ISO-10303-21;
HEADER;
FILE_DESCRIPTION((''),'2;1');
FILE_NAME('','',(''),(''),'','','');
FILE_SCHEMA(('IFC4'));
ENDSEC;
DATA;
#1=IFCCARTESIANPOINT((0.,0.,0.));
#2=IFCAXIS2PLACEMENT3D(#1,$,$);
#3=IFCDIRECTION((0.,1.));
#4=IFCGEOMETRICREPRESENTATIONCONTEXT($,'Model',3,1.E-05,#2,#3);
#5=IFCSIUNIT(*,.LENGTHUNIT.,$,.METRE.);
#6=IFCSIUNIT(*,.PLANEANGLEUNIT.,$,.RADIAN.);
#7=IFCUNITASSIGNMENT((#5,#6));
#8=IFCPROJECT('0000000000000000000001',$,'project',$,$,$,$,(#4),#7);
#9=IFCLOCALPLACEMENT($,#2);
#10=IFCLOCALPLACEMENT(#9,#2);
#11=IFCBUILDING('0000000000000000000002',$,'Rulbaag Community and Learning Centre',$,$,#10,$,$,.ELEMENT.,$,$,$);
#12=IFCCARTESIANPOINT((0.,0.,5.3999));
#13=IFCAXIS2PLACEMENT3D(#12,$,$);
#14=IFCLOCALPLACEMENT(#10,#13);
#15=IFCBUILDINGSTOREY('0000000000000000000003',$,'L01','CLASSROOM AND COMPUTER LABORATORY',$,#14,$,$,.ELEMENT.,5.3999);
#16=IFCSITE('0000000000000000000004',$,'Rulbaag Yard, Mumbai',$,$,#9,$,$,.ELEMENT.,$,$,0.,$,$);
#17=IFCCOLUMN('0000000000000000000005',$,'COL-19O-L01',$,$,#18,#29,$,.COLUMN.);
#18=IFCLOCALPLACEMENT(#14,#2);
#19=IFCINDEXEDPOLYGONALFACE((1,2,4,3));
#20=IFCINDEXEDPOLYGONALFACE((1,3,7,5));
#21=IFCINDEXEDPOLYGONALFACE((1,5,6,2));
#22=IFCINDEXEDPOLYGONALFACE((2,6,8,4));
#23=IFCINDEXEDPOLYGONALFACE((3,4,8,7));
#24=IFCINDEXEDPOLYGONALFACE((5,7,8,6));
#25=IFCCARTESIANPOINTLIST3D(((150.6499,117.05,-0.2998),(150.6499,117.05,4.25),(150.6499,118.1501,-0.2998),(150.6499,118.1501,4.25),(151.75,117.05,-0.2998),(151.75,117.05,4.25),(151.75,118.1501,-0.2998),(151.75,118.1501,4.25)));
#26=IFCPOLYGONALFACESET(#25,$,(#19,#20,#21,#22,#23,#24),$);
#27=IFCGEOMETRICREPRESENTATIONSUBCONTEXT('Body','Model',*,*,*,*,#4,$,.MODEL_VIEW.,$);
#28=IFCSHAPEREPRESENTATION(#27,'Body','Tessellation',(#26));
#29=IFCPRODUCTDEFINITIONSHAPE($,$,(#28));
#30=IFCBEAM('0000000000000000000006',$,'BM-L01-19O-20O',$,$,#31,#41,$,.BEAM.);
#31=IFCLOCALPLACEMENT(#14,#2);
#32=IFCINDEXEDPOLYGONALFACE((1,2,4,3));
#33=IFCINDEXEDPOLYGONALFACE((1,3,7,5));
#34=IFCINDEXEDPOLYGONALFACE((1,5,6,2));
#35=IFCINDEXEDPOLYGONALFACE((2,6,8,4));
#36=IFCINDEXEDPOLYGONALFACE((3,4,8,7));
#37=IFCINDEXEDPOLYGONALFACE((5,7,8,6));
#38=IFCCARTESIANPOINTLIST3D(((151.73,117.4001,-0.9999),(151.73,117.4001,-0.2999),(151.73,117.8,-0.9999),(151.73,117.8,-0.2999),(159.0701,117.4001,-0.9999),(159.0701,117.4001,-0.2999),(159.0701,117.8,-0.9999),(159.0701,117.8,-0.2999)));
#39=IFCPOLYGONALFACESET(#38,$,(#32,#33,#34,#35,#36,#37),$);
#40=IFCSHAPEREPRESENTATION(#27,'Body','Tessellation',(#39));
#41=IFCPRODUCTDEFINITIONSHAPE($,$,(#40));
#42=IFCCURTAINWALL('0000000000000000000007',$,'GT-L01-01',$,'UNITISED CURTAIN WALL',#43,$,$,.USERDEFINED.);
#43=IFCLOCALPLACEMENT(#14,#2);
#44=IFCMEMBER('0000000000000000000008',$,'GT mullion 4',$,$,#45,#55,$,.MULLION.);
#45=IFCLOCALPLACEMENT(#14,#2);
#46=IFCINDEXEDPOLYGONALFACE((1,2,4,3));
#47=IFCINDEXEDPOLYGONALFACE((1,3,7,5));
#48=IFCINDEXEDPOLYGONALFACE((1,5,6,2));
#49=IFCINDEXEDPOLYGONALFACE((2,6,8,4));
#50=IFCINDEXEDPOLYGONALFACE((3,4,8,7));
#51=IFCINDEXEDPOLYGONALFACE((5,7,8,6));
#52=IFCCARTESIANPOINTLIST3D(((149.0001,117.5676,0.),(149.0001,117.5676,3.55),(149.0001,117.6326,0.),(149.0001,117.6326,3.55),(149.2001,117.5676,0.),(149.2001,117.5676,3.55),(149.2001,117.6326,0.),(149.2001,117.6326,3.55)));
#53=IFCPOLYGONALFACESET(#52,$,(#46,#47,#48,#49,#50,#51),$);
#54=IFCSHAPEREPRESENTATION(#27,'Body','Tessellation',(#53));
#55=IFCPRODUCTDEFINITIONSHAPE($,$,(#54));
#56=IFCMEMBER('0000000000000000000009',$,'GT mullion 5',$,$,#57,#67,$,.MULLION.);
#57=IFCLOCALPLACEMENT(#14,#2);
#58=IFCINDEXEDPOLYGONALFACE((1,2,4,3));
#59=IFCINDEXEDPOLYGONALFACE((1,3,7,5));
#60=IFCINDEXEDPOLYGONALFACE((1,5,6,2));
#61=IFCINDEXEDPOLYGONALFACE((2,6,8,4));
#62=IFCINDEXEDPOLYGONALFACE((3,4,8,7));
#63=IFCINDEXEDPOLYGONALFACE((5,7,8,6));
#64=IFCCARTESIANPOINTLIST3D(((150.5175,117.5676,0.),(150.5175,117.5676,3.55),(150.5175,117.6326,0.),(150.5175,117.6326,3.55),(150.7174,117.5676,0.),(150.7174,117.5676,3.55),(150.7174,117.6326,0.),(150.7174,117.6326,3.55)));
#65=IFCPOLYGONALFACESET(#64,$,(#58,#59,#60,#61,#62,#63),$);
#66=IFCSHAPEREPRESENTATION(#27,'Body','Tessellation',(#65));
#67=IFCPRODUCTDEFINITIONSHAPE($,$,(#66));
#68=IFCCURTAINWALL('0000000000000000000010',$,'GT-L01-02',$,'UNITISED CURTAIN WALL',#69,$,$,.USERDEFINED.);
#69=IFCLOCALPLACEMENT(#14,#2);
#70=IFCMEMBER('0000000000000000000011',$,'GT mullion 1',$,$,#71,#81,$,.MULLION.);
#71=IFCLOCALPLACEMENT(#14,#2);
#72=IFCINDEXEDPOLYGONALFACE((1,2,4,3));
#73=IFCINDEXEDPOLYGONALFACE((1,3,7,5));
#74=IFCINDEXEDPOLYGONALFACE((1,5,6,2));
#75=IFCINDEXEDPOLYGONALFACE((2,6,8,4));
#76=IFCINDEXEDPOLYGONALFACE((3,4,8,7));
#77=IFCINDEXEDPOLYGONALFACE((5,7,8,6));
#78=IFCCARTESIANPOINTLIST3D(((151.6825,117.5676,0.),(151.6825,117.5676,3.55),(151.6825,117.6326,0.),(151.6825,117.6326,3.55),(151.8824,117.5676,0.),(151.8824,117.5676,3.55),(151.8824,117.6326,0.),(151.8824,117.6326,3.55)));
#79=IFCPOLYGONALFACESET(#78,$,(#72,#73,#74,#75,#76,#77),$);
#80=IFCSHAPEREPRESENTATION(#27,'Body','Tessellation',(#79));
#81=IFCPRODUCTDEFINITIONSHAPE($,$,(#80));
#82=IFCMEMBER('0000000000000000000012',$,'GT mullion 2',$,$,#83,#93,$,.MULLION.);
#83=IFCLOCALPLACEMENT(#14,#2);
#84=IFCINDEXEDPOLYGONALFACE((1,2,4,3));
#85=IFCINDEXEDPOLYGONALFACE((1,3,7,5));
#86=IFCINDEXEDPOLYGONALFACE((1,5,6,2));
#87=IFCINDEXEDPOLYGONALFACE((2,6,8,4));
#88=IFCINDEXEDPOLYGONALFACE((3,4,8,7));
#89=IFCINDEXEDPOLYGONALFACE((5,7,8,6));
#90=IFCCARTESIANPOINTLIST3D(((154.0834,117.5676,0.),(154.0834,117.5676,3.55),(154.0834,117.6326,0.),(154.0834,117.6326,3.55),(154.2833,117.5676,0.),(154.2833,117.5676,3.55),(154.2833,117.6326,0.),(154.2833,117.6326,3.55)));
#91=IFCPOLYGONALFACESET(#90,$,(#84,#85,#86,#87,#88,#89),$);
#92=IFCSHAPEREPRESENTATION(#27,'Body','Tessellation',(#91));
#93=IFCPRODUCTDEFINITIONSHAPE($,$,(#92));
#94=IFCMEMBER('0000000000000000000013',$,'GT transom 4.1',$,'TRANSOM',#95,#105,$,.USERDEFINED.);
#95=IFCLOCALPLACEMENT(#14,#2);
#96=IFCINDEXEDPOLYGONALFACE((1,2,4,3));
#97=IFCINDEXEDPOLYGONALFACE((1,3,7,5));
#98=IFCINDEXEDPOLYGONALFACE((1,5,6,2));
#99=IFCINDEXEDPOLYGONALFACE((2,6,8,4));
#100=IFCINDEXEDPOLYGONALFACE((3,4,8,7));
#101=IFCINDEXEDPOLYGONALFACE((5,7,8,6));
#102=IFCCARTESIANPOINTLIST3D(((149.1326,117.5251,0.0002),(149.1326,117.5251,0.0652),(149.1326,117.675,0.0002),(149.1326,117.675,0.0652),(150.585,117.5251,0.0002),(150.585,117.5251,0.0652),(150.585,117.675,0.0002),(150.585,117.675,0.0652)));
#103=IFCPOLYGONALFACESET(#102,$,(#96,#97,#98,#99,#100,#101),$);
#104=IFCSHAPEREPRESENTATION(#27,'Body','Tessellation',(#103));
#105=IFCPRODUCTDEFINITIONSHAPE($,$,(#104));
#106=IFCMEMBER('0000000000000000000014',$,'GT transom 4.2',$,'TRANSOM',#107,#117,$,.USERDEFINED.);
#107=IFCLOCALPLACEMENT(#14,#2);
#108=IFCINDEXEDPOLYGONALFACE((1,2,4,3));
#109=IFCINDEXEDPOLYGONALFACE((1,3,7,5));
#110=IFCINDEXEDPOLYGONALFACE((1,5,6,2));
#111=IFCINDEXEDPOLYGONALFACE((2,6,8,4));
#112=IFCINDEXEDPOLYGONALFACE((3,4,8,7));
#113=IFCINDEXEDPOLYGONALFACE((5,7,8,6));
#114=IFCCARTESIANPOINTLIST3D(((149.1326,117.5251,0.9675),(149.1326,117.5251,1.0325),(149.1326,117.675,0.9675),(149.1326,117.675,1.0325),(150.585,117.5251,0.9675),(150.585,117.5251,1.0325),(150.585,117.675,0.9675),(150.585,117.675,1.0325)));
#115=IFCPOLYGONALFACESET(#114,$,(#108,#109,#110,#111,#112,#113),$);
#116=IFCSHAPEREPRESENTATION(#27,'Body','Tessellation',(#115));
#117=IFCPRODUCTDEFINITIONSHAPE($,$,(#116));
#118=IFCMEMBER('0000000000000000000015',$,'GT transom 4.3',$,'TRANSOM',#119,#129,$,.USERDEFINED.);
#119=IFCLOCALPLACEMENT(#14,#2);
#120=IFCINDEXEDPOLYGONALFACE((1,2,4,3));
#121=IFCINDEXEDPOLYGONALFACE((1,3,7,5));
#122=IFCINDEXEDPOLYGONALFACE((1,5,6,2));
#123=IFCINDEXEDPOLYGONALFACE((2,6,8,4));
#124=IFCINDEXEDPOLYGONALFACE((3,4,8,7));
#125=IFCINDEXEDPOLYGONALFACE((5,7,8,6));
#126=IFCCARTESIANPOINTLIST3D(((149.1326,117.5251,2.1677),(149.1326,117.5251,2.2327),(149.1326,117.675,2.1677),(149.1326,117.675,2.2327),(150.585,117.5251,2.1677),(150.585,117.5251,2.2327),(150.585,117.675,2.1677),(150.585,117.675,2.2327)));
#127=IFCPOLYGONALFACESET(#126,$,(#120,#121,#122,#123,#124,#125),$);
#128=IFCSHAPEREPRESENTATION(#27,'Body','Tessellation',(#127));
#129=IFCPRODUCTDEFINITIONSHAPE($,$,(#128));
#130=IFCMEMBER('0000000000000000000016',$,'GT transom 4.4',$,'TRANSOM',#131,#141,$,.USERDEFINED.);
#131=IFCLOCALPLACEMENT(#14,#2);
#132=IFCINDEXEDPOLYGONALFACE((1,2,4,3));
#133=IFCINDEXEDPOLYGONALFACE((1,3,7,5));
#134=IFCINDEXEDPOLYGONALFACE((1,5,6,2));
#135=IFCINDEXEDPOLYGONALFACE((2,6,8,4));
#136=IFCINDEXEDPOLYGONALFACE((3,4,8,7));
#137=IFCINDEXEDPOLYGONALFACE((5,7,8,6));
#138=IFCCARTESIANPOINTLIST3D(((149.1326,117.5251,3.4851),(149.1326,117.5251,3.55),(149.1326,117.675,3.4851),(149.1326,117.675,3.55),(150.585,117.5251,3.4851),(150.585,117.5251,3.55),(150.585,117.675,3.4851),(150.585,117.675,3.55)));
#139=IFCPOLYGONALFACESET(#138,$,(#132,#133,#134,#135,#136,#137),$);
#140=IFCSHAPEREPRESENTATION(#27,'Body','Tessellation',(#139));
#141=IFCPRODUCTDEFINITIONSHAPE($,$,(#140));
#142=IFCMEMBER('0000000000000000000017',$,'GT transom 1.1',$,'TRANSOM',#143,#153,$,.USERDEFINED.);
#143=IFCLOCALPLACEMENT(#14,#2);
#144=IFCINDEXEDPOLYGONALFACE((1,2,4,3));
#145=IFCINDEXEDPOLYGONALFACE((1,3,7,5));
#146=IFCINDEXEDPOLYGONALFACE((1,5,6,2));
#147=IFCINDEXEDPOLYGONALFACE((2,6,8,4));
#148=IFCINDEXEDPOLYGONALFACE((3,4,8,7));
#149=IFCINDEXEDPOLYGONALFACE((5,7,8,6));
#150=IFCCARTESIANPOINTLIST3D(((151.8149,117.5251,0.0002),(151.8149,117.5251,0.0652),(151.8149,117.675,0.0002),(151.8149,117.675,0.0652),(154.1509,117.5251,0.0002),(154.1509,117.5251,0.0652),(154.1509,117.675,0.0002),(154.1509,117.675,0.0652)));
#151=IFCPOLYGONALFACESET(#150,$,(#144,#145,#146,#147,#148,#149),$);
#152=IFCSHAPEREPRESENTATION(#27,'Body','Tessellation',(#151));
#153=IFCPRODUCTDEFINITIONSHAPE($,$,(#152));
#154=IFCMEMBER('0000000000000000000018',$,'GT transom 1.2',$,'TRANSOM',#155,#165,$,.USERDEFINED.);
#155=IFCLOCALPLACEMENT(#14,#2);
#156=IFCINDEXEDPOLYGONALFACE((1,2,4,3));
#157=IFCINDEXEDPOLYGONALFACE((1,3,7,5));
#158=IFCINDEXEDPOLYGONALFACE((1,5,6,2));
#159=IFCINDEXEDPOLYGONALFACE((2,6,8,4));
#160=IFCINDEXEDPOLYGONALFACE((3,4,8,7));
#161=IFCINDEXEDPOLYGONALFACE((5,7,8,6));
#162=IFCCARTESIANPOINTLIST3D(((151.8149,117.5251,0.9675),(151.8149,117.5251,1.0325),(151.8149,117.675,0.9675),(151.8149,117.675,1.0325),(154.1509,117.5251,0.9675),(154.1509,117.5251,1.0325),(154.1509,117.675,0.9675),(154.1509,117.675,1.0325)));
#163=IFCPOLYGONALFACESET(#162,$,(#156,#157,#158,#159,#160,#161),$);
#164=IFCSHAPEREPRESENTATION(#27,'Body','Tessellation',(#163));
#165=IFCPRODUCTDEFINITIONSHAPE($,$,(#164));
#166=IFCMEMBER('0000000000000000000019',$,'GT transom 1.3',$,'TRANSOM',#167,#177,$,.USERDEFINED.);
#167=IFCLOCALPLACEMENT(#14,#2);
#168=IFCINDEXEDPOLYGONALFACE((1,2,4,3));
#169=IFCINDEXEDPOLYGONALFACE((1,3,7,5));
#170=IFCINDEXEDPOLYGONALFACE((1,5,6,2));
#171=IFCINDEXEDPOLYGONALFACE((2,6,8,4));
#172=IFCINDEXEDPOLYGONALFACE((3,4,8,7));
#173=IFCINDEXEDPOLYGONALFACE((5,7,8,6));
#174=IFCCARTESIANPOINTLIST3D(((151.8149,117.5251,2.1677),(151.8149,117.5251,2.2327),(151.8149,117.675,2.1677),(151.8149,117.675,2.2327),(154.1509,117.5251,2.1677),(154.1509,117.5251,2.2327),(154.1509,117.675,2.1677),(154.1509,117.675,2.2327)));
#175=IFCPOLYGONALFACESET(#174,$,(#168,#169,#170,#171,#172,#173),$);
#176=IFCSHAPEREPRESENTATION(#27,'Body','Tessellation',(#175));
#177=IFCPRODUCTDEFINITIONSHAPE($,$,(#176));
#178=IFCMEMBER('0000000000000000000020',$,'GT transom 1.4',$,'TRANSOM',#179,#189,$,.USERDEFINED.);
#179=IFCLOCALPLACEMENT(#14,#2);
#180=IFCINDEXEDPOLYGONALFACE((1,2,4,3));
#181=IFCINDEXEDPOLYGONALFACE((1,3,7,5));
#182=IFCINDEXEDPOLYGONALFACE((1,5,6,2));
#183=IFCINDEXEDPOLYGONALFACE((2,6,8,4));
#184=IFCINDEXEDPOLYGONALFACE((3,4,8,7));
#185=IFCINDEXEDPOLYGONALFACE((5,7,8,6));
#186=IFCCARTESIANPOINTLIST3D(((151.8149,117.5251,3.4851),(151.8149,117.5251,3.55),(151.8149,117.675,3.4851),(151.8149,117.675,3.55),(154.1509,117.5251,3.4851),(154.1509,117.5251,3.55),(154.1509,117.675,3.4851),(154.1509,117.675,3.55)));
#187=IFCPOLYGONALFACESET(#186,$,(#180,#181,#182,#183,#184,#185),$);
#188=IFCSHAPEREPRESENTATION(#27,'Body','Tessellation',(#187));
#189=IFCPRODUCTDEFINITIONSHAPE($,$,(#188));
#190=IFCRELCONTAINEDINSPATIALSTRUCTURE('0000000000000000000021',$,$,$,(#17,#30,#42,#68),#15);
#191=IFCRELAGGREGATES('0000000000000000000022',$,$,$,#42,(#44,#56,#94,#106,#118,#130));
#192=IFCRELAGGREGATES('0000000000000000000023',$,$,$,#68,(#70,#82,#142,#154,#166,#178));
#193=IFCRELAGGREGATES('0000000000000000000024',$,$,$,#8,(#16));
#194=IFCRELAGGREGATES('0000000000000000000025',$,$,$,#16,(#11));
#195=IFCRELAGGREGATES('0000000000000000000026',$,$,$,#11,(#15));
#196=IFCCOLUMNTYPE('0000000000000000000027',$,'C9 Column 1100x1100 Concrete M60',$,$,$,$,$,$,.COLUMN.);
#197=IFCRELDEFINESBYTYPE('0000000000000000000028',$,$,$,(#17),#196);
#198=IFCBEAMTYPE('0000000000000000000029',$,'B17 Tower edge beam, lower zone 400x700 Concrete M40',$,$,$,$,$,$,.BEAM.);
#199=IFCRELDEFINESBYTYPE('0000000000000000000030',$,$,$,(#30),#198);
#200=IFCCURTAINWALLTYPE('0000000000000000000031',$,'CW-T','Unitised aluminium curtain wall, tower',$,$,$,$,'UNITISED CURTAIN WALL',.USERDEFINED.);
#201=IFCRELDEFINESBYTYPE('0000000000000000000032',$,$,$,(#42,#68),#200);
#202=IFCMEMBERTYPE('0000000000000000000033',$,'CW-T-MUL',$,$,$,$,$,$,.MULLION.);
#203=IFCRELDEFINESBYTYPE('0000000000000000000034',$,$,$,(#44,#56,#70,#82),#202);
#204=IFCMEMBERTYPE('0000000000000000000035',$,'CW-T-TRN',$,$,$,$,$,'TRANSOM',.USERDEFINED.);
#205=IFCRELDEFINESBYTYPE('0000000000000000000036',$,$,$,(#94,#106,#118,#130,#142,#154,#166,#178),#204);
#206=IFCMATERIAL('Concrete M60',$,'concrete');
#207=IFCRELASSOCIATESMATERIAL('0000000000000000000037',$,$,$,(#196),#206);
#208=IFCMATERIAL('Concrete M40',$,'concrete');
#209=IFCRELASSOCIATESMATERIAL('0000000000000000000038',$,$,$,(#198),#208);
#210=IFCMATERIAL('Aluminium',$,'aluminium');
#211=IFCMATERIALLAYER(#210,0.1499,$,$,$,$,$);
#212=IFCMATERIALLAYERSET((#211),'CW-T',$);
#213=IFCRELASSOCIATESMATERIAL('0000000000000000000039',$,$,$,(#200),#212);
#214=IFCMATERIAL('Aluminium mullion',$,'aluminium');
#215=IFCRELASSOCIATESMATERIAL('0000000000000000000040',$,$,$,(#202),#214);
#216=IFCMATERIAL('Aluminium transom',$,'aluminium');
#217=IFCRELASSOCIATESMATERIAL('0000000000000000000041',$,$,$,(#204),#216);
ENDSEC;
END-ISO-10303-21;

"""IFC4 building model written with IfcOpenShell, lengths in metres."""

from ifc_helpers import new_model, si_unit, direction, frame, origin, origin_2d, place, context, subcontext, project, spatial, rectangle, extrude, material, layer, layer_set, material_profile, profile_set, type_object, element, aggregate, save


model = new_model("IFC4")

# Units and contexts
model_context = context("Model", 3, precision=1e-05, world=origin(), true_north=direction((0.0, 1.0)))
body_context = subcontext(model_context, "Body", "Model", "MODEL_VIEW")
ifc_project = project(units=[si_unit("LENGTHUNIT", "METRE"), si_unit("PLANEANGLEUNIT", "RADIAN")], contexts=[model_context])

# Site, building, storey
site_placement = place(None, origin())
site = spatial("IfcSite", under=ifc_project, at=site_placement, Name="Rulbaag Yard, Mumbai", CompositionType="ELEMENT", RefElevation=0.0)
building_placement = place(site_placement, origin())
building = spatial("IfcBuilding", under=site, at=building_placement, Name="Rulbaag Community and Learning Centre", CompositionType="ELEMENT")
storey_placement = place(building_placement, frame((0.0, 0.0, 5.3999)))
storey = spatial("IfcBuildingStorey", under=building, at=storey_placement, Name="L01", Description="CLASSROOM AND COMPUTER LABORATORY", CompositionType="ELEMENT", Elevation=5.3999)

# Column
ifc_material_1 = material(Name="Concrete M60", Category="concrete")
ifc_material_profile_1 = material_profile(ifc_material_1, rectangle(XDim=1.1001, YDim=1.1001, at=origin_2d()), Name="RC1100x1100")
ifc_profile_set_1 = profile_set([ifc_material_profile_1], Name="Concrete M60")
column_type = type_object("IfcColumnType", Name="C9 Column 1100x1100 Concrete M60", PredefinedType="COLUMN", material=ifc_profile_set_1)
column_placement = place(storey_placement, frame((151.2, 117.6001, -0.2998), z_axis=(0.0, 0.0, 1.0), x_axis=(1.0, 0.0, 0.0)))
element("IfcColumn", 1, at=column_placement, inside=storey, type_object=column_type, Name="COL-19O-L01", PredefinedType="COLUMN", context=body_context, shape_type="SweptSolid", body=[
    extrude(rectangle(XDim=1.1001, YDim=1.1001, at=origin_2d()), origin(), (0.0, 0.0, 1.0), 4.5498),
])

# Beam
ifc_material_2 = material(Name="Concrete M40", Category="concrete")
ifc_material_profile_2 = material_profile(ifc_material_2, rectangle(XDim=0.3999, YDim=0.7, at=origin_2d()), Name="RB400x700")
ifc_profile_set_2 = profile_set([ifc_material_profile_2], Name="Concrete M40")
beam_type = type_object("IfcBeamType", Name="B17 Tower edge beam, lower zone 400x700 Concrete M40", PredefinedType="BEAM", material=ifc_profile_set_2)
beam_placement = place(storey_placement, frame((151.73, 117.6001, -0.6499), z_axis=(1.0, 0.0, 0.0), x_axis=(0.0, 1.0, 0.0)))
element("IfcBeam", 2, at=beam_placement, inside=storey, type_object=beam_type, Name="BM-L01-19O-20O", PredefinedType="BEAM", context=body_context, shape_type="SweptSolid", body=[
    extrude(rectangle(XDim=0.3999, YDim=0.7, at=origin_2d()), origin(), (0.0, 0.0, 1.0), 7.3401),
])

# Curtain walls, members
ifc_material_3 = material(Name="Aluminium", Category="aluminium")
ifc_layer_1 = layer(ifc_material_3, 0.1499)
ifc_layer_set_1 = layer_set([ifc_layer_1], Name="CW-T")
curtain_wall_type = type_object("IfcCurtainWallType", Name="CW-T", Description="Unitised aluminium curtain wall, tower", ElementType="UNITISED CURTAIN WALL", PredefinedType="USERDEFINED", material=ifc_layer_set_1)
curtain_wall_1_placement = place(storey_placement, origin())
curtain_wall_1 = element("IfcCurtainWall", 3, at=curtain_wall_1_placement, inside=storey, type_object=curtain_wall_type, Name="GT-L01-01", ObjectType="UNITISED CURTAIN WALL", PredefinedType="USERDEFINED")
ifc_material_4 = material(Name="Aluminium mullion", Category="aluminium")
ifc_material_profile_3 = material_profile(ifc_material_4, rectangle(XDim=0.0649, YDim=0.2, at=origin_2d()), Name="AL 65x200")
ifc_profile_set_3 = profile_set([ifc_material_profile_3], Name="Aluminium mullion")
member_type_1 = type_object("IfcMemberType", Name="CW-T-MUL", PredefinedType="MULLION", material=ifc_profile_set_3)
member_1_placement = place(storey_placement, frame((149.1001, 117.6001, 0.0), z_axis=(0.0, 0.0, 1.0), x_axis=(0.0, 1.0, 0.0)))
member_1 = element("IfcMember", 4, at=member_1_placement, type_object=member_type_1, Name="GT mullion 4", PredefinedType="MULLION", context=body_context, shape_type="SweptSolid", body=[
    extrude(rectangle(XDim=0.0649, YDim=0.2, at=origin_2d()), origin(), (0.0, 0.0, 1.0), 3.55),
])
member_2_placement = place(storey_placement, frame((150.6174, 117.6001, 0.0), z_axis=(0.0, 0.0, 1.0), x_axis=(0.0, 1.0, 0.0)))
member_2 = element("IfcMember", 5, at=member_2_placement, type_object=member_type_1, Name="GT mullion 5", PredefinedType="MULLION", context=body_context, shape_type="SweptSolid", body=[
    extrude(rectangle(XDim=0.0649, YDim=0.2, at=origin_2d()), origin(), (0.0, 0.0, 1.0), 3.55),
])
curtain_wall_2_placement = place(storey_placement, origin())
curtain_wall_2 = element("IfcCurtainWall", 6, at=curtain_wall_2_placement, inside=storey, type_object=curtain_wall_type, Name="GT-L01-02", ObjectType="UNITISED CURTAIN WALL", PredefinedType="USERDEFINED")
member_3_placement = place(storey_placement, frame((151.7825, 117.6001, 0.0), z_axis=(0.0, 0.0, 1.0), x_axis=(0.0, 1.0, 0.0)))
member_3 = element("IfcMember", 7, at=member_3_placement, type_object=member_type_1, Name="GT mullion 1", PredefinedType="MULLION", context=body_context, shape_type="SweptSolid", body=[
    extrude(rectangle(XDim=0.0649, YDim=0.2, at=origin_2d()), origin(), (0.0, 0.0, 1.0), 3.55),
])
member_4_placement = place(storey_placement, frame((154.1833, 117.6001, 0.0), z_axis=(0.0, 0.0, 1.0), x_axis=(0.0, 1.0, 0.0)))
member_4 = element("IfcMember", 8, at=member_4_placement, type_object=member_type_1, Name="GT mullion 2", PredefinedType="MULLION", context=body_context, shape_type="SweptSolid", body=[
    extrude(rectangle(XDim=0.0649, YDim=0.2, at=origin_2d()), origin(), (0.0, 0.0, 1.0), 3.55),
])

# Members
ifc_material_5 = material(Name="Aluminium transom", Category="aluminium")
ifc_material_profile_4 = material_profile(ifc_material_5, rectangle(XDim=0.1499, YDim=0.0649, at=origin_2d()), Name="AL 65x150 T")
ifc_profile_set_4 = profile_set([ifc_material_profile_4], Name="Aluminium transom")
member_type_2 = type_object("IfcMemberType", Name="CW-T-TRN", ElementType="TRANSOM", PredefinedType="USERDEFINED", material=ifc_profile_set_4)
member_5_placement = place(storey_placement, frame((149.1326, 117.6001, 0.0327), z_axis=(1.0, 0.0, 0.0), x_axis=(0.0, 1.0, 0.0)))
member_5 = element("IfcMember", 9, at=member_5_placement, type_object=member_type_2, Name="GT transom 4.1", ObjectType="TRANSOM", PredefinedType="USERDEFINED", context=body_context, shape_type="SweptSolid", body=[
    extrude(rectangle(XDim=0.1499, YDim=0.0649, at=origin_2d()), origin(), (0.0, 0.0, 1.0), 1.4524),
])
member_6_placement = place(storey_placement, frame((149.1326, 117.6001, 1.0), z_axis=(1.0, 0.0, 0.0), x_axis=(0.0, 1.0, 0.0)))
member_6 = element("IfcMember", 10, at=member_6_placement, type_object=member_type_2, Name="GT transom 4.2", ObjectType="TRANSOM", PredefinedType="USERDEFINED", context=body_context, shape_type="SweptSolid", body=[
    extrude(rectangle(XDim=0.1499, YDim=0.0649, at=origin_2d()), origin(), (0.0, 0.0, 1.0), 1.4524),
])
member_7_placement = place(storey_placement, frame((149.1326, 117.6001, 2.2002), z_axis=(1.0, 0.0, 0.0), x_axis=(0.0, 1.0, 0.0)))
member_7 = element("IfcMember", 11, at=member_7_placement, type_object=member_type_2, Name="GT transom 4.3", ObjectType="TRANSOM", PredefinedType="USERDEFINED", context=body_context, shape_type="SweptSolid", body=[
    extrude(rectangle(XDim=0.1499, YDim=0.0649, at=origin_2d()), origin(), (0.0, 0.0, 1.0), 1.4524),
])
member_8_placement = place(storey_placement, frame((149.1326, 117.6001, 3.5176), z_axis=(1.0, 0.0, 0.0), x_axis=(0.0, 1.0, 0.0)))
member_8 = element("IfcMember", 12, at=member_8_placement, type_object=member_type_2, Name="GT transom 4.4", ObjectType="TRANSOM", PredefinedType="USERDEFINED", context=body_context, shape_type="SweptSolid", body=[
    extrude(rectangle(XDim=0.1499, YDim=0.0649, at=origin_2d()), origin(), (0.0, 0.0, 1.0), 1.4524),
])
member_9_placement = place(storey_placement, frame((151.8149, 117.6001, 0.0327), z_axis=(1.0, 0.0, 0.0), x_axis=(0.0, 1.0, 0.0)))
member_9 = element("IfcMember", 13, at=member_9_placement, type_object=member_type_2, Name="GT transom 1.1", ObjectType="TRANSOM", PredefinedType="USERDEFINED", context=body_context, shape_type="SweptSolid", body=[
    extrude(rectangle(XDim=0.1499, YDim=0.0649, at=origin_2d()), origin(), (0.0, 0.0, 1.0), 2.3359),
])
member_10_placement = place(storey_placement, frame((151.8149, 117.6001, 1.0), z_axis=(1.0, 0.0, 0.0), x_axis=(0.0, 1.0, 0.0)))
member_10 = element("IfcMember", 14, at=member_10_placement, type_object=member_type_2, Name="GT transom 1.2", ObjectType="TRANSOM", PredefinedType="USERDEFINED", context=body_context, shape_type="SweptSolid", body=[
    extrude(rectangle(XDim=0.1499, YDim=0.0649, at=origin_2d()), origin(), (0.0, 0.0, 1.0), 2.3359),
])
member_11_placement = place(storey_placement, frame((151.8149, 117.6001, 2.2002), z_axis=(1.0, 0.0, 0.0), x_axis=(0.0, 1.0, 0.0)))
member_11 = element("IfcMember", 15, at=member_11_placement, type_object=member_type_2, Name="GT transom 1.3", ObjectType="TRANSOM", PredefinedType="USERDEFINED", context=body_context, shape_type="SweptSolid", body=[
    extrude(rectangle(XDim=0.1499, YDim=0.0649, at=origin_2d()), origin(), (0.0, 0.0, 1.0), 2.3359),
])
member_12_placement = place(storey_placement, frame((151.8149, 117.6001, 3.5176), z_axis=(1.0, 0.0, 0.0), x_axis=(0.0, 1.0, 0.0)))
member_12 = element("IfcMember", 16, at=member_12_placement, type_object=member_type_2, Name="GT transom 1.4", ObjectType="TRANSOM", PredefinedType="USERDEFINED", context=body_context, shape_type="SweptSolid", body=[
    extrude(rectangle(XDim=0.1499, YDim=0.0649, at=origin_2d()), origin(), (0.0, 0.0, 1.0), 2.3359),
])

aggregate(curtain_wall_1, [member_1, member_2, member_5, member_6, member_7, member_8])
aggregate(curtain_wall_2, [member_3, member_4, member_9, member_10, member_11, member_12])

save(model, "model.ifc")
